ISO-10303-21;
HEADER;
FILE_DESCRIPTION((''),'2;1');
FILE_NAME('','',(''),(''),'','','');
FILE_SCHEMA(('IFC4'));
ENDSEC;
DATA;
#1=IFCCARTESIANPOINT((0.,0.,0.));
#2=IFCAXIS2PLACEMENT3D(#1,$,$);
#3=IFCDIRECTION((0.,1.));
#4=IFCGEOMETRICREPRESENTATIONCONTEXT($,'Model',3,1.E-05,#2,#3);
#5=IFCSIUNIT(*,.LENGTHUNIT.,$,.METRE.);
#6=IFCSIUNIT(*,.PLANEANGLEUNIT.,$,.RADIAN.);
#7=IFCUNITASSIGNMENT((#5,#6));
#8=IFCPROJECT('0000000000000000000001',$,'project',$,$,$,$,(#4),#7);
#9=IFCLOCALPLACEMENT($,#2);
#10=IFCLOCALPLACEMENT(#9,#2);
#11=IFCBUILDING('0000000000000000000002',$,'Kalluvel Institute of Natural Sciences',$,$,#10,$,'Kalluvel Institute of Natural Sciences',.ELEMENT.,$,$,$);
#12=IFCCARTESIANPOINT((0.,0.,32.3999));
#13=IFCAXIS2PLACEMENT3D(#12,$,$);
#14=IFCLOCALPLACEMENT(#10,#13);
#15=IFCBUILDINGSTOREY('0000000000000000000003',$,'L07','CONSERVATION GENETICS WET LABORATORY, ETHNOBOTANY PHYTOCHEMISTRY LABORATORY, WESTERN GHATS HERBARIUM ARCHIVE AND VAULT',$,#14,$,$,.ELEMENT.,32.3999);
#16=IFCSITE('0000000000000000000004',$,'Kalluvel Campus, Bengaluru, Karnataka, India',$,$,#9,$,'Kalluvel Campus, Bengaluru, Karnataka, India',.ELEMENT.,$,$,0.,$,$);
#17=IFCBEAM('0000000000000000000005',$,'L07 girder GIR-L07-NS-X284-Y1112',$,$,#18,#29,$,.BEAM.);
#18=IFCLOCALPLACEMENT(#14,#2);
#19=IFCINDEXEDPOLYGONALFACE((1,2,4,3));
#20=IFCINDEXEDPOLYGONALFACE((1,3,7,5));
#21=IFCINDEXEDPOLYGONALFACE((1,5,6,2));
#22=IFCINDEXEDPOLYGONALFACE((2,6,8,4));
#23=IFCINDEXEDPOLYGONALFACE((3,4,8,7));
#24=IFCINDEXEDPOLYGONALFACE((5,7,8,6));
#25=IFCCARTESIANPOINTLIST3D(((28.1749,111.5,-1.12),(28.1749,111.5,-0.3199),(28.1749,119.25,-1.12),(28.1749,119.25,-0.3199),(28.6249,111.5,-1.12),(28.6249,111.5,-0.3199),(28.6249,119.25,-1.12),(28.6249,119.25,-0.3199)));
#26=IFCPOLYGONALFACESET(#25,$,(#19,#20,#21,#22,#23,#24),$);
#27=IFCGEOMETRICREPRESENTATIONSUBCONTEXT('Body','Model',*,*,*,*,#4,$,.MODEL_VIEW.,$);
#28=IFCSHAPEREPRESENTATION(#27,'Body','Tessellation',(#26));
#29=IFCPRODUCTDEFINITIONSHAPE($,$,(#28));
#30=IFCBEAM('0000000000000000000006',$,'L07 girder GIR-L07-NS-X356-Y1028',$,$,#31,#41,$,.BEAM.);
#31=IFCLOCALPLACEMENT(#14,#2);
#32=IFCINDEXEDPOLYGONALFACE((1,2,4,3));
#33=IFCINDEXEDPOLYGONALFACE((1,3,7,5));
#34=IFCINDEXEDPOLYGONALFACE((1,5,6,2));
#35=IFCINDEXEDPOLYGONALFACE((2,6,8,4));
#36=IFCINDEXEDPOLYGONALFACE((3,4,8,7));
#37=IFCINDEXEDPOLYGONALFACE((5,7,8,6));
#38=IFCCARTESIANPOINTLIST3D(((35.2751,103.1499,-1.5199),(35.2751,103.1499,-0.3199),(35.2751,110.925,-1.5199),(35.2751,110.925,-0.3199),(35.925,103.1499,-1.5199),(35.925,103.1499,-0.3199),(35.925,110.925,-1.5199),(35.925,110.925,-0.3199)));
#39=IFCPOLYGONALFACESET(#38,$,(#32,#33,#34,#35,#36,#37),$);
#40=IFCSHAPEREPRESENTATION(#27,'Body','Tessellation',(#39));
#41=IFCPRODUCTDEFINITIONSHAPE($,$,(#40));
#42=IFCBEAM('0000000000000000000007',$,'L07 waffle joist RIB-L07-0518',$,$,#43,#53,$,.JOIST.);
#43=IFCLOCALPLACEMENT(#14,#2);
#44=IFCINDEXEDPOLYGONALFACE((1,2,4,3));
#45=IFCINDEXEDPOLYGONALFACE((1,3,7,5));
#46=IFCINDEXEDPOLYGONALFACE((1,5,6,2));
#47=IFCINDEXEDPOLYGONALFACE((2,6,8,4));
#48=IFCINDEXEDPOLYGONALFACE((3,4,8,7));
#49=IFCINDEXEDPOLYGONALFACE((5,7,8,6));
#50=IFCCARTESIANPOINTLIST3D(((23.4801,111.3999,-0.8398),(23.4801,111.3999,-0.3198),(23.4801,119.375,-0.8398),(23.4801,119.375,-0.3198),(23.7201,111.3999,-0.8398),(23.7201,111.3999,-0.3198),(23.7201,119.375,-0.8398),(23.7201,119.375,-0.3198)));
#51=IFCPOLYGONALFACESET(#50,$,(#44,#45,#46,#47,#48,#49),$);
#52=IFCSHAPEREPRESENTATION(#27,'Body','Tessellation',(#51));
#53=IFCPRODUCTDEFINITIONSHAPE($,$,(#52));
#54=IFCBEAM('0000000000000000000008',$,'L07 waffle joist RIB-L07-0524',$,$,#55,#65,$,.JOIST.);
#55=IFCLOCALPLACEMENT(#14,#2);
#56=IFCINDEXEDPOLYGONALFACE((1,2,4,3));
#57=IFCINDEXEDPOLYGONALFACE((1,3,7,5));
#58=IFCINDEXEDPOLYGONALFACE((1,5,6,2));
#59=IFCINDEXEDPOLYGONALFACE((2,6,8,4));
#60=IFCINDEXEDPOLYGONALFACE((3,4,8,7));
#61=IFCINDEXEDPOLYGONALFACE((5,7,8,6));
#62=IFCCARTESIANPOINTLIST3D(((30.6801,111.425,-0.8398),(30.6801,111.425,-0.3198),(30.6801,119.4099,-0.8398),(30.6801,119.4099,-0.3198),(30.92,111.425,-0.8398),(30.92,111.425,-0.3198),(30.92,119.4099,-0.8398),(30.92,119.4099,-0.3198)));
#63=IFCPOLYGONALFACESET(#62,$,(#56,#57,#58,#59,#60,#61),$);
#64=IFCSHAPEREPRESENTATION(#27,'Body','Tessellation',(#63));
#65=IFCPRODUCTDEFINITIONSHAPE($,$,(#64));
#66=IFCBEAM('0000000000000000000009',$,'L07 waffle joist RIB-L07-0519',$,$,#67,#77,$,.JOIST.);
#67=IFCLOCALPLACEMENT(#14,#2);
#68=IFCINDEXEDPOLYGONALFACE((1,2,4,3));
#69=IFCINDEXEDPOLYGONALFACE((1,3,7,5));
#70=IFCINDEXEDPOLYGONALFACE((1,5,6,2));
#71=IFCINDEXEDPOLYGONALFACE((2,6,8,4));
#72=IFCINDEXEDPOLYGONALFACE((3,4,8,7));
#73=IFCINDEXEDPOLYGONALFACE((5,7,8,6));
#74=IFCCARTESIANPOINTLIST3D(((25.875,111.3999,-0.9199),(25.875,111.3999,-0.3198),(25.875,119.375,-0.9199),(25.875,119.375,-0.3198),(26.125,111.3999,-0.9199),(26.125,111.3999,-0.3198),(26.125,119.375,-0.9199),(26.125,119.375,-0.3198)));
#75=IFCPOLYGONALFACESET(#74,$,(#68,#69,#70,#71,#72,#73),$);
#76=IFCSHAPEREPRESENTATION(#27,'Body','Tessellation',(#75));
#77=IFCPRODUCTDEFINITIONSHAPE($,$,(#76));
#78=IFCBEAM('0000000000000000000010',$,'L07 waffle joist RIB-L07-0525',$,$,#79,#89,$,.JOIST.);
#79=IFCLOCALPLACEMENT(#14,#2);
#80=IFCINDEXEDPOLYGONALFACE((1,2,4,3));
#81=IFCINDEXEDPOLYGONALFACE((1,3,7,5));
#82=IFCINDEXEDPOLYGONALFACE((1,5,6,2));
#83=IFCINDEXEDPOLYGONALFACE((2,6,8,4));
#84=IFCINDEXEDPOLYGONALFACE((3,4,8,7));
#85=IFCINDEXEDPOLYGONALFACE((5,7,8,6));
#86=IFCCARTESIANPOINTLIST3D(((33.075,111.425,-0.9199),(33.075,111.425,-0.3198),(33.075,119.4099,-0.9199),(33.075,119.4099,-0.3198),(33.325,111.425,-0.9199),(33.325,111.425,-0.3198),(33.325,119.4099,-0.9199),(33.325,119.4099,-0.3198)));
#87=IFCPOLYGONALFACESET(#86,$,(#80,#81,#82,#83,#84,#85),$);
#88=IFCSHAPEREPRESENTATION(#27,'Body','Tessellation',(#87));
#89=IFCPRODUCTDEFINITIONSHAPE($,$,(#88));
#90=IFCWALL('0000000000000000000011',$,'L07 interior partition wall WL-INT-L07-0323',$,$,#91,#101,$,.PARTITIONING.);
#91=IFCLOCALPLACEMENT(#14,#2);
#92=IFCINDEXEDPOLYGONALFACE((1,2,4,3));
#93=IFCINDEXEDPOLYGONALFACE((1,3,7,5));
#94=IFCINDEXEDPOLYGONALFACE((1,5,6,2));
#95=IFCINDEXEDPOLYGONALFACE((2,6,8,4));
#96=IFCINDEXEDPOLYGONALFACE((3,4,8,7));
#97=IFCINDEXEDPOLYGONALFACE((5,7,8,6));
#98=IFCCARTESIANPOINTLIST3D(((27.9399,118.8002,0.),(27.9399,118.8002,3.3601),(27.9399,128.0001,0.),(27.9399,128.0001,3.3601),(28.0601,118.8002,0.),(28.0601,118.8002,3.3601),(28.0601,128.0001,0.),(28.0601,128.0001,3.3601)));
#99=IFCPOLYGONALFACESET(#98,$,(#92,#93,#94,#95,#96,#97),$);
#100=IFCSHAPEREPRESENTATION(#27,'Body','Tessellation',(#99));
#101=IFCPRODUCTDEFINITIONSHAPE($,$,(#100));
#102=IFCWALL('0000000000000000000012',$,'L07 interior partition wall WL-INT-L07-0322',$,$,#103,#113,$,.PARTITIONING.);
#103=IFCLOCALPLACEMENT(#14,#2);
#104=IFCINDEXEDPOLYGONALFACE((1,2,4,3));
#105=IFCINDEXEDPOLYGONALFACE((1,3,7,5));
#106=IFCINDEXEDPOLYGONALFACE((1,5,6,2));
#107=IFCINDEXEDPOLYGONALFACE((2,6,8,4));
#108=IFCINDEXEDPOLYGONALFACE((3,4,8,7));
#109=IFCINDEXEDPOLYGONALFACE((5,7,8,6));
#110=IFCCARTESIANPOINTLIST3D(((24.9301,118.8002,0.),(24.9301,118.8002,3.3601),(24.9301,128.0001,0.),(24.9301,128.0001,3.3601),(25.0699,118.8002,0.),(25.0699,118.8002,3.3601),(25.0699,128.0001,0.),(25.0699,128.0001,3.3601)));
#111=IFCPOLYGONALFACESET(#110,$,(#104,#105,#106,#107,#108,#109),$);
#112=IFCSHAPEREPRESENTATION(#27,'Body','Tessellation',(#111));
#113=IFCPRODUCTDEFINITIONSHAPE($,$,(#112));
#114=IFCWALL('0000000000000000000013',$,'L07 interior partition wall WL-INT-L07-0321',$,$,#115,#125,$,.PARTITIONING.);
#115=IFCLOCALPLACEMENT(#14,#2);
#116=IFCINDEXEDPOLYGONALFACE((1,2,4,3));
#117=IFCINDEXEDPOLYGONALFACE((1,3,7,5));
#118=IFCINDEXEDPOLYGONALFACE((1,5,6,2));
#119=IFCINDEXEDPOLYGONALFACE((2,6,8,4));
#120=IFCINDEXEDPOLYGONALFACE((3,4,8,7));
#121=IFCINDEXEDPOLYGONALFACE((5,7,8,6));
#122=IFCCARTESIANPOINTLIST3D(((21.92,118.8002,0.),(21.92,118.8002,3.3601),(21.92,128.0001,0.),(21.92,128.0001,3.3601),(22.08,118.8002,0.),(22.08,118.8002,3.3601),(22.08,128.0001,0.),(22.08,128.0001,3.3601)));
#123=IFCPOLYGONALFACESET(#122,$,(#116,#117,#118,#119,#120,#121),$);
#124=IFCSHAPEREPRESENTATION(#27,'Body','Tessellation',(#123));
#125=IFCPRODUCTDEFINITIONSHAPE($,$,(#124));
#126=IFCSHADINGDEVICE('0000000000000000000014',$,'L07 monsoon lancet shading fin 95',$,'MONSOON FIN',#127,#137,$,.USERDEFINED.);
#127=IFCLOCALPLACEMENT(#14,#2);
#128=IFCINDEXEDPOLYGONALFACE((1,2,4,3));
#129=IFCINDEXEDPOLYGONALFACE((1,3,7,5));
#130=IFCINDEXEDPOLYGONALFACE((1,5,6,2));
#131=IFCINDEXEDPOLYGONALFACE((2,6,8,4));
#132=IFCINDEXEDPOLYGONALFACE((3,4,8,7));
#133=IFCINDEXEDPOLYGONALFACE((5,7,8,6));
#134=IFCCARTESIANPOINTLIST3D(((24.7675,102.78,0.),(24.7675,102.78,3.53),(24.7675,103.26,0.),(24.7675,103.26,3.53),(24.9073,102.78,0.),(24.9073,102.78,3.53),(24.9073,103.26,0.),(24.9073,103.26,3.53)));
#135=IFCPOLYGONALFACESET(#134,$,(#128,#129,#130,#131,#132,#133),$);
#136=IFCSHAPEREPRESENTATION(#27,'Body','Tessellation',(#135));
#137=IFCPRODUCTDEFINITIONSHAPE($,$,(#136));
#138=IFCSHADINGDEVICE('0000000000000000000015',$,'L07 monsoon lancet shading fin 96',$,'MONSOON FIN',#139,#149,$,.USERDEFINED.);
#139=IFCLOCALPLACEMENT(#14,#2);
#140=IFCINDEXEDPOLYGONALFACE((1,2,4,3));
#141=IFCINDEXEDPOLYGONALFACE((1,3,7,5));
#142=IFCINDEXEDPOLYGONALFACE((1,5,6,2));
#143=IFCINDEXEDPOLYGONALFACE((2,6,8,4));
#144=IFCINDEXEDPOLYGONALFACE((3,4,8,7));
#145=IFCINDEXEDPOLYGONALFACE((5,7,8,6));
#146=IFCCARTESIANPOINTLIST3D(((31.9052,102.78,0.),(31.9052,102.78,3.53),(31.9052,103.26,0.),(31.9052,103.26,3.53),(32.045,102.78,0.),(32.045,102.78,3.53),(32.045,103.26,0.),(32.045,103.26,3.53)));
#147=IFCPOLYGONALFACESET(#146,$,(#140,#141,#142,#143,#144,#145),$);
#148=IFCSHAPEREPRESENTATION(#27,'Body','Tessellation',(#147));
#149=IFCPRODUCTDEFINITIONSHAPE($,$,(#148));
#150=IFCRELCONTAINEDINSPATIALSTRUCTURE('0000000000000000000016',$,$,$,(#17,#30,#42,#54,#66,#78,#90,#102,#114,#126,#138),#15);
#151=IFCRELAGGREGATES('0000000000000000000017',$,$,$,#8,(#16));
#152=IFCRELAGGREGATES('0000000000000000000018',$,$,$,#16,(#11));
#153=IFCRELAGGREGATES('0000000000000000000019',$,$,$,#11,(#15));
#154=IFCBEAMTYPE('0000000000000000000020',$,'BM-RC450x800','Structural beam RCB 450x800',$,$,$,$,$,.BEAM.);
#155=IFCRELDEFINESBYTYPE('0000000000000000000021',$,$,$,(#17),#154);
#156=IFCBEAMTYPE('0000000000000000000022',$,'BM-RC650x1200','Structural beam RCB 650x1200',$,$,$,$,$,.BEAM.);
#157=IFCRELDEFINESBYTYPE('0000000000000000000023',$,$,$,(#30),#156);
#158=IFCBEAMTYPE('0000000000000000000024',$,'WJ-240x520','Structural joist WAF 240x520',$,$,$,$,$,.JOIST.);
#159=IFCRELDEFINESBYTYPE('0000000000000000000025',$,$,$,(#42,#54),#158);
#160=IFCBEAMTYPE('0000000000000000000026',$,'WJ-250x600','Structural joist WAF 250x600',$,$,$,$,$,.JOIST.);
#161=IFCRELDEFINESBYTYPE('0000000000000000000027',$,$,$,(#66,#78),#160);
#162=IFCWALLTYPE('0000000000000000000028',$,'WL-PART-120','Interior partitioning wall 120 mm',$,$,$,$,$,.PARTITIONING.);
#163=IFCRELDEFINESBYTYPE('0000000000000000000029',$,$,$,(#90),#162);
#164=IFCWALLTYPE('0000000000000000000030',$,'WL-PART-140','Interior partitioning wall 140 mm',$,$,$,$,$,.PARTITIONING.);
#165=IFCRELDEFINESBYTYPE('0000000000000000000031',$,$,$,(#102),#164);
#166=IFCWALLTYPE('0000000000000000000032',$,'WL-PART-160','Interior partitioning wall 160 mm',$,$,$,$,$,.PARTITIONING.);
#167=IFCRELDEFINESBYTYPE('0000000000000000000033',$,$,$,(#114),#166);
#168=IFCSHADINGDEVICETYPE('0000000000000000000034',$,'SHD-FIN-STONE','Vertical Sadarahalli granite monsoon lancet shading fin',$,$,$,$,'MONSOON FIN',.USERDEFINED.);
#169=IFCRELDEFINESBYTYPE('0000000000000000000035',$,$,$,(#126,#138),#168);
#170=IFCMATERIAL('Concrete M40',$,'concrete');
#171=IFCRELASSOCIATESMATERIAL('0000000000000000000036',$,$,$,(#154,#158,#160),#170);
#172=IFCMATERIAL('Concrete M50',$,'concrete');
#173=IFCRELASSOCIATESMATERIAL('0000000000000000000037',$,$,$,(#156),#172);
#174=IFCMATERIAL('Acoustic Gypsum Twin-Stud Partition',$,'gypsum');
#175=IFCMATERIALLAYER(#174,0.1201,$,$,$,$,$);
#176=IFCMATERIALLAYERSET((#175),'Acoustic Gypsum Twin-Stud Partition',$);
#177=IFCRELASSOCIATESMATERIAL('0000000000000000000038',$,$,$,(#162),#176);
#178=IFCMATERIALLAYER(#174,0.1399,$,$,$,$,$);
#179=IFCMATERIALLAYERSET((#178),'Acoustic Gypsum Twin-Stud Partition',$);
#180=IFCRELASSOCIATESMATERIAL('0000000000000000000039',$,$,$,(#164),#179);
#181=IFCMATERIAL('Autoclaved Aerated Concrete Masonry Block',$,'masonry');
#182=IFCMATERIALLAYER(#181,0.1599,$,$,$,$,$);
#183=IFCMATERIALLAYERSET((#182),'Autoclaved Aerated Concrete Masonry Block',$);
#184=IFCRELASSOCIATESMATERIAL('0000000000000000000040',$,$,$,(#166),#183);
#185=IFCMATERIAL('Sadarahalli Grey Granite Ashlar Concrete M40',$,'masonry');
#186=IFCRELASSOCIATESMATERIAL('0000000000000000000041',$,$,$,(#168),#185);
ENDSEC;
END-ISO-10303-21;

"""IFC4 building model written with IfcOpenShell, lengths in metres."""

from ifc_helpers import new_model, si_unit, direction, frame, frame_2d, origin, origin_2d, place, context, subcontext, project, spatial, rectangle, extrude, material, layer, layer_set, material_profile, profile_set, type_object, element, save


model = new_model("IFC4")

# Units and contexts
model_context = context("Model", 3, precision=1e-05, world=origin(), true_north=direction((0.0, 1.0)))
body_context = subcontext(model_context, "Body", "Model", "MODEL_VIEW")
ifc_project = project(units=[si_unit("LENGTHUNIT", "METRE"), si_unit("PLANEANGLEUNIT", "RADIAN")], contexts=[model_context])

# Site, building, storey
site_placement = place(None, origin())
site = spatial("IfcSite", under=ifc_project, at=site_placement, Name="Kalluvel Campus, Bengaluru, Karnataka, India", LongName="Kalluvel Campus, Bengaluru, Karnataka, India", CompositionType="ELEMENT", RefElevation=0.0)
building_placement = place(site_placement, origin())
building = spatial("IfcBuilding", under=site, at=building_placement, Name="Kalluvel Institute of Natural Sciences", LongName="Kalluvel Institute of Natural Sciences", CompositionType="ELEMENT")
storey_placement = place(building_placement, frame((0.0, 0.0, 32.3999)))
storey = spatial("IfcBuildingStorey", under=building, at=storey_placement, Name="L07", Description="CONSERVATION GENETICS WET LABORATORY, ETHNOBOTANY PHYTOCHEMISTRY LABORATORY, WESTERN GHATS HERBARIUM ARCHIVE AND VAULT", CompositionType="ELEMENT", Elevation=32.3999)

# Shared definitions
ifc_material_1 = material(Name="Concrete M40", Category="concrete")

# Beams
ifc_material_profile_1 = material_profile(ifc_material_1, rectangle(XDim=0.45, YDim=0.8, at=origin_2d()), Name="RCB 450x800")
ifc_profile_set_1 = profile_set([ifc_material_profile_1], Name="Concrete M40")
beam_type_1 = type_object("IfcBeamType", Name="BM-RC450x800", Description="Structural beam RCB 450x800", PredefinedType="BEAM", material=ifc_profile_set_1)
for number, where, z_axis, x_axis, name in (
    (1, (28.3999, 111.5, -0.72), (0.0, 1.0, 0.0), (-1.0, 0.0, 0.0), "L07 girder GIR-L07-NS-X284-Y1112"),
):
    element("IfcBeam", number, at=place(storey_placement, frame(where, z_axis=z_axis, x_axis=x_axis)), inside=storey, type_object=beam_type_1, Name=name, PredefinedType="BEAM", context=body_context, shape_type="SweptSolid", body=[
        extrude(rectangle(XDim=0.45, YDim=0.8, at=origin_2d()), origin(), (0.0, 0.0, 1.0), 7.75),
    ])
ifc_material_2 = material(Name="Concrete M50", Category="concrete")
ifc_material_profile_2 = material_profile(ifc_material_2, rectangle(XDim=0.6499, YDim=1.2, at=origin_2d()), Name="RCB 650x1200")
ifc_profile_set_2 = profile_set([ifc_material_profile_2], Name="Concrete M50")
beam_type_2 = type_object("IfcBeamType", Name="BM-RC650x1200", Description="Structural beam RCB 650x1200", PredefinedType="BEAM", material=ifc_profile_set_2)
beam_1_placement = place(storey_placement, frame((35.6001, 103.1499, -0.9199), z_axis=(0.0, 1.0, 0.0), x_axis=(-1.0, 0.0, 0.0)))
element("IfcBeam", 2, at=beam_1_placement, inside=storey, type_object=beam_type_2, Name="L07 girder GIR-L07-NS-X356-Y1028", PredefinedType="BEAM", context=body_context, shape_type="SweptSolid", body=[
    extrude(rectangle(XDim=0.6499, YDim=1.2, at=origin_2d()), origin(), (0.0, 0.0, 1.0), 7.7751),
])
ifc_material_profile_3 = material_profile(ifc_material_1, rectangle(XDim=0.24, YDim=0.52, at=origin_2d()), Name="WAF 240x520")
ifc_profile_set_3 = profile_set([ifc_material_profile_3], Name="Concrete M40")
beam_type_3 = type_object("IfcBeamType", Name="WJ-240x520", Description="Structural joist WAF 240x520", PredefinedType="JOIST", material=ifc_profile_set_3)
beam_2_placement = place(storey_placement, frame((23.6001, 111.3999, -0.5798), z_axis=(0.0, 1.0, 0.0), x_axis=(-1.0, 0.0, 0.0)))
element("IfcBeam", 3, at=beam_2_placement, inside=storey, type_object=beam_type_3, Name="L07 waffle joist RIB-L07-0518", PredefinedType="JOIST", context=body_context, shape_type="SweptSolid", body=[
    extrude(rectangle(XDim=0.24, YDim=0.52, at=origin_2d()), origin(), (0.0, 0.0, 1.0), 7.9751),
])
beam_3_placement = place(storey_placement, frame((30.8, 111.425, -0.5798), z_axis=(0.0, 1.0, 0.0), x_axis=(-1.0, 0.0, 0.0)))
element("IfcBeam", 4, at=beam_3_placement, inside=storey, type_object=beam_type_3, Name="L07 waffle joist RIB-L07-0524", PredefinedType="JOIST", context=body_context, shape_type="SweptSolid", body=[
    extrude(rectangle(XDim=0.24, YDim=0.52, at=origin_2d()), origin(), (0.0, 0.0, 1.0), 7.9849),
])
ifc_material_profile_4 = material_profile(ifc_material_1, rectangle(XDim=0.25, YDim=0.6001, at=origin_2d()), Name="WAF 250x600")
ifc_profile_set_4 = profile_set([ifc_material_profile_4], Name="Concrete M40")
beam_type_4 = type_object("IfcBeamType", Name="WJ-250x600", Description="Structural joist WAF 250x600", PredefinedType="JOIST", material=ifc_profile_set_4)
beam_4_placement = place(storey_placement, frame((26.0, 111.3999, -0.6199), z_axis=(0.0, 1.0, 0.0), x_axis=(-1.0, 0.0, 0.0)))
element("IfcBeam", 5, at=beam_4_placement, inside=storey, type_object=beam_type_4, Name="L07 waffle joist RIB-L07-0519", PredefinedType="JOIST", context=body_context, shape_type="SweptSolid", body=[
    extrude(rectangle(XDim=0.25, YDim=0.6001, at=origin_2d()), origin(), (0.0, 0.0, 1.0), 7.9751),
])
beam_5_placement = place(storey_placement, frame((33.2, 111.425, -0.6199), z_axis=(0.0, 1.0, 0.0), x_axis=(-1.0, 0.0, 0.0)))
element("IfcBeam", 6, at=beam_5_placement, inside=storey, type_object=beam_type_4, Name="L07 waffle joist RIB-L07-0525", PredefinedType="JOIST", context=body_context, shape_type="SweptSolid", body=[
    extrude(rectangle(XDim=0.25, YDim=0.6001, at=origin_2d()), origin(), (0.0, 0.0, 1.0), 7.9849),
])

# Walls
ifc_material_3 = material(Name="Acoustic Gypsum Twin-Stud Partition", Category="gypsum")
ifc_layer_1 = layer(ifc_material_3, 0.1201)
ifc_layer_set_1 = layer_set([ifc_layer_1], Name="Acoustic Gypsum Twin-Stud Partition")
wall_type_1 = type_object("IfcWallType", Name="WL-PART-120", Description="Interior partitioning wall 120 mm", PredefinedType="PARTITIONING", material=ifc_layer_set_1)
wall_1_placement = place(storey_placement, frame((28.0, 118.8, 0.0), z_axis=(0.0, 0.0, 1.0), x_axis=(0.0, 1.0, 0.0)))
element("IfcWall", 7, at=wall_1_placement, inside=storey, type_object=wall_type_1, Name="L07 interior partition wall WL-INT-L07-0323", PredefinedType="PARTITIONING", context=body_context, shape_type="SweptSolid", body=[
    extrude(rectangle(XDim=9.2, YDim=0.1201, at=frame_2d((4.6001, 0.0))), origin(), (0.0, 0.0, 1.0), 3.3601),
])
ifc_layer_2 = layer(ifc_material_3, 0.1399)
ifc_layer_set_2 = layer_set([ifc_layer_2], Name="Acoustic Gypsum Twin-Stud Partition")
wall_type_2 = type_object("IfcWallType", Name="WL-PART-140", Description="Interior partitioning wall 140 mm", PredefinedType="PARTITIONING", material=ifc_layer_set_2)
wall_2_placement = place(storey_placement, frame((25.0, 118.8, 0.0), z_axis=(0.0, 0.0, 1.0), x_axis=(0.0, 1.0, 0.0)))
element("IfcWall", 8, at=wall_2_placement, inside=storey, type_object=wall_type_2, Name="L07 interior partition wall WL-INT-L07-0322", PredefinedType="PARTITIONING", context=body_context, shape_type="SweptSolid", body=[
    extrude(rectangle(XDim=9.2, YDim=0.1399, at=frame_2d((4.6001, 0.0))), origin(), (0.0, 0.0, 1.0), 3.3601),
])
ifc_material_4 = material(Name="Autoclaved Aerated Concrete Masonry Block", Category="masonry")
ifc_layer_3 = layer(ifc_material_4, 0.1599)
ifc_layer_set_3 = layer_set([ifc_layer_3], Name="Autoclaved Aerated Concrete Masonry Block")
wall_type_3 = type_object("IfcWallType", Name="WL-PART-160", Description="Interior partitioning wall 160 mm", PredefinedType="PARTITIONING", material=ifc_layer_set_3)
wall_3_placement = place(storey_placement, frame((22.0, 118.8, 0.0), z_axis=(0.0, 0.0, 1.0), x_axis=(0.0, 1.0, 0.0)))
element("IfcWall", 9, at=wall_3_placement, inside=storey, type_object=wall_type_3, Name="L07 interior partition wall WL-INT-L07-0321", PredefinedType="PARTITIONING", context=body_context, shape_type="SweptSolid", body=[
    extrude(rectangle(XDim=9.2, YDim=0.1599, at=frame_2d((4.6001, 0.0))), origin(), (0.0, 0.0, 1.0), 3.3601),
])

# Shading devices
ifc_material_5 = material(Name="Sadarahalli Grey Granite Ashlar Concrete M40", Category="masonry")
shading_device_type = type_object("IfcShadingDeviceType", Name="SHD-FIN-STONE", Description="Vertical Sadarahalli granite monsoon lancet shading fin", ElementType="MONSOON FIN", PredefinedType="USERDEFINED", material=ifc_material_5)
for number, where, z_axis, x_axis, name in (
    (10, (24.8374, 103.02, 0.0), (0.0, 0.0, 1.0), (1.0, 0.0, 0.0), "L07 monsoon lancet shading fin 95"),
    (11, (31.9751, 103.02, 0.0), (0.0, 0.0, 1.0), (1.0, 0.0, 0.0), "L07 monsoon lancet shading fin 96"),
):
    element("IfcShadingDevice", number, at=place(storey_placement, frame(where, z_axis=z_axis, x_axis=x_axis)), inside=storey, type_object=shading_device_type, Name=name, ObjectType="MONSOON FIN", PredefinedType="USERDEFINED", context=body_context, shape_type="SweptSolid", body=[
        extrude(rectangle(XDim=0.1399, YDim=0.48, at=origin_2d()), origin(), (0.0, 0.0, 1.0), 3.53),
    ])

save(model, "model.ifc")
